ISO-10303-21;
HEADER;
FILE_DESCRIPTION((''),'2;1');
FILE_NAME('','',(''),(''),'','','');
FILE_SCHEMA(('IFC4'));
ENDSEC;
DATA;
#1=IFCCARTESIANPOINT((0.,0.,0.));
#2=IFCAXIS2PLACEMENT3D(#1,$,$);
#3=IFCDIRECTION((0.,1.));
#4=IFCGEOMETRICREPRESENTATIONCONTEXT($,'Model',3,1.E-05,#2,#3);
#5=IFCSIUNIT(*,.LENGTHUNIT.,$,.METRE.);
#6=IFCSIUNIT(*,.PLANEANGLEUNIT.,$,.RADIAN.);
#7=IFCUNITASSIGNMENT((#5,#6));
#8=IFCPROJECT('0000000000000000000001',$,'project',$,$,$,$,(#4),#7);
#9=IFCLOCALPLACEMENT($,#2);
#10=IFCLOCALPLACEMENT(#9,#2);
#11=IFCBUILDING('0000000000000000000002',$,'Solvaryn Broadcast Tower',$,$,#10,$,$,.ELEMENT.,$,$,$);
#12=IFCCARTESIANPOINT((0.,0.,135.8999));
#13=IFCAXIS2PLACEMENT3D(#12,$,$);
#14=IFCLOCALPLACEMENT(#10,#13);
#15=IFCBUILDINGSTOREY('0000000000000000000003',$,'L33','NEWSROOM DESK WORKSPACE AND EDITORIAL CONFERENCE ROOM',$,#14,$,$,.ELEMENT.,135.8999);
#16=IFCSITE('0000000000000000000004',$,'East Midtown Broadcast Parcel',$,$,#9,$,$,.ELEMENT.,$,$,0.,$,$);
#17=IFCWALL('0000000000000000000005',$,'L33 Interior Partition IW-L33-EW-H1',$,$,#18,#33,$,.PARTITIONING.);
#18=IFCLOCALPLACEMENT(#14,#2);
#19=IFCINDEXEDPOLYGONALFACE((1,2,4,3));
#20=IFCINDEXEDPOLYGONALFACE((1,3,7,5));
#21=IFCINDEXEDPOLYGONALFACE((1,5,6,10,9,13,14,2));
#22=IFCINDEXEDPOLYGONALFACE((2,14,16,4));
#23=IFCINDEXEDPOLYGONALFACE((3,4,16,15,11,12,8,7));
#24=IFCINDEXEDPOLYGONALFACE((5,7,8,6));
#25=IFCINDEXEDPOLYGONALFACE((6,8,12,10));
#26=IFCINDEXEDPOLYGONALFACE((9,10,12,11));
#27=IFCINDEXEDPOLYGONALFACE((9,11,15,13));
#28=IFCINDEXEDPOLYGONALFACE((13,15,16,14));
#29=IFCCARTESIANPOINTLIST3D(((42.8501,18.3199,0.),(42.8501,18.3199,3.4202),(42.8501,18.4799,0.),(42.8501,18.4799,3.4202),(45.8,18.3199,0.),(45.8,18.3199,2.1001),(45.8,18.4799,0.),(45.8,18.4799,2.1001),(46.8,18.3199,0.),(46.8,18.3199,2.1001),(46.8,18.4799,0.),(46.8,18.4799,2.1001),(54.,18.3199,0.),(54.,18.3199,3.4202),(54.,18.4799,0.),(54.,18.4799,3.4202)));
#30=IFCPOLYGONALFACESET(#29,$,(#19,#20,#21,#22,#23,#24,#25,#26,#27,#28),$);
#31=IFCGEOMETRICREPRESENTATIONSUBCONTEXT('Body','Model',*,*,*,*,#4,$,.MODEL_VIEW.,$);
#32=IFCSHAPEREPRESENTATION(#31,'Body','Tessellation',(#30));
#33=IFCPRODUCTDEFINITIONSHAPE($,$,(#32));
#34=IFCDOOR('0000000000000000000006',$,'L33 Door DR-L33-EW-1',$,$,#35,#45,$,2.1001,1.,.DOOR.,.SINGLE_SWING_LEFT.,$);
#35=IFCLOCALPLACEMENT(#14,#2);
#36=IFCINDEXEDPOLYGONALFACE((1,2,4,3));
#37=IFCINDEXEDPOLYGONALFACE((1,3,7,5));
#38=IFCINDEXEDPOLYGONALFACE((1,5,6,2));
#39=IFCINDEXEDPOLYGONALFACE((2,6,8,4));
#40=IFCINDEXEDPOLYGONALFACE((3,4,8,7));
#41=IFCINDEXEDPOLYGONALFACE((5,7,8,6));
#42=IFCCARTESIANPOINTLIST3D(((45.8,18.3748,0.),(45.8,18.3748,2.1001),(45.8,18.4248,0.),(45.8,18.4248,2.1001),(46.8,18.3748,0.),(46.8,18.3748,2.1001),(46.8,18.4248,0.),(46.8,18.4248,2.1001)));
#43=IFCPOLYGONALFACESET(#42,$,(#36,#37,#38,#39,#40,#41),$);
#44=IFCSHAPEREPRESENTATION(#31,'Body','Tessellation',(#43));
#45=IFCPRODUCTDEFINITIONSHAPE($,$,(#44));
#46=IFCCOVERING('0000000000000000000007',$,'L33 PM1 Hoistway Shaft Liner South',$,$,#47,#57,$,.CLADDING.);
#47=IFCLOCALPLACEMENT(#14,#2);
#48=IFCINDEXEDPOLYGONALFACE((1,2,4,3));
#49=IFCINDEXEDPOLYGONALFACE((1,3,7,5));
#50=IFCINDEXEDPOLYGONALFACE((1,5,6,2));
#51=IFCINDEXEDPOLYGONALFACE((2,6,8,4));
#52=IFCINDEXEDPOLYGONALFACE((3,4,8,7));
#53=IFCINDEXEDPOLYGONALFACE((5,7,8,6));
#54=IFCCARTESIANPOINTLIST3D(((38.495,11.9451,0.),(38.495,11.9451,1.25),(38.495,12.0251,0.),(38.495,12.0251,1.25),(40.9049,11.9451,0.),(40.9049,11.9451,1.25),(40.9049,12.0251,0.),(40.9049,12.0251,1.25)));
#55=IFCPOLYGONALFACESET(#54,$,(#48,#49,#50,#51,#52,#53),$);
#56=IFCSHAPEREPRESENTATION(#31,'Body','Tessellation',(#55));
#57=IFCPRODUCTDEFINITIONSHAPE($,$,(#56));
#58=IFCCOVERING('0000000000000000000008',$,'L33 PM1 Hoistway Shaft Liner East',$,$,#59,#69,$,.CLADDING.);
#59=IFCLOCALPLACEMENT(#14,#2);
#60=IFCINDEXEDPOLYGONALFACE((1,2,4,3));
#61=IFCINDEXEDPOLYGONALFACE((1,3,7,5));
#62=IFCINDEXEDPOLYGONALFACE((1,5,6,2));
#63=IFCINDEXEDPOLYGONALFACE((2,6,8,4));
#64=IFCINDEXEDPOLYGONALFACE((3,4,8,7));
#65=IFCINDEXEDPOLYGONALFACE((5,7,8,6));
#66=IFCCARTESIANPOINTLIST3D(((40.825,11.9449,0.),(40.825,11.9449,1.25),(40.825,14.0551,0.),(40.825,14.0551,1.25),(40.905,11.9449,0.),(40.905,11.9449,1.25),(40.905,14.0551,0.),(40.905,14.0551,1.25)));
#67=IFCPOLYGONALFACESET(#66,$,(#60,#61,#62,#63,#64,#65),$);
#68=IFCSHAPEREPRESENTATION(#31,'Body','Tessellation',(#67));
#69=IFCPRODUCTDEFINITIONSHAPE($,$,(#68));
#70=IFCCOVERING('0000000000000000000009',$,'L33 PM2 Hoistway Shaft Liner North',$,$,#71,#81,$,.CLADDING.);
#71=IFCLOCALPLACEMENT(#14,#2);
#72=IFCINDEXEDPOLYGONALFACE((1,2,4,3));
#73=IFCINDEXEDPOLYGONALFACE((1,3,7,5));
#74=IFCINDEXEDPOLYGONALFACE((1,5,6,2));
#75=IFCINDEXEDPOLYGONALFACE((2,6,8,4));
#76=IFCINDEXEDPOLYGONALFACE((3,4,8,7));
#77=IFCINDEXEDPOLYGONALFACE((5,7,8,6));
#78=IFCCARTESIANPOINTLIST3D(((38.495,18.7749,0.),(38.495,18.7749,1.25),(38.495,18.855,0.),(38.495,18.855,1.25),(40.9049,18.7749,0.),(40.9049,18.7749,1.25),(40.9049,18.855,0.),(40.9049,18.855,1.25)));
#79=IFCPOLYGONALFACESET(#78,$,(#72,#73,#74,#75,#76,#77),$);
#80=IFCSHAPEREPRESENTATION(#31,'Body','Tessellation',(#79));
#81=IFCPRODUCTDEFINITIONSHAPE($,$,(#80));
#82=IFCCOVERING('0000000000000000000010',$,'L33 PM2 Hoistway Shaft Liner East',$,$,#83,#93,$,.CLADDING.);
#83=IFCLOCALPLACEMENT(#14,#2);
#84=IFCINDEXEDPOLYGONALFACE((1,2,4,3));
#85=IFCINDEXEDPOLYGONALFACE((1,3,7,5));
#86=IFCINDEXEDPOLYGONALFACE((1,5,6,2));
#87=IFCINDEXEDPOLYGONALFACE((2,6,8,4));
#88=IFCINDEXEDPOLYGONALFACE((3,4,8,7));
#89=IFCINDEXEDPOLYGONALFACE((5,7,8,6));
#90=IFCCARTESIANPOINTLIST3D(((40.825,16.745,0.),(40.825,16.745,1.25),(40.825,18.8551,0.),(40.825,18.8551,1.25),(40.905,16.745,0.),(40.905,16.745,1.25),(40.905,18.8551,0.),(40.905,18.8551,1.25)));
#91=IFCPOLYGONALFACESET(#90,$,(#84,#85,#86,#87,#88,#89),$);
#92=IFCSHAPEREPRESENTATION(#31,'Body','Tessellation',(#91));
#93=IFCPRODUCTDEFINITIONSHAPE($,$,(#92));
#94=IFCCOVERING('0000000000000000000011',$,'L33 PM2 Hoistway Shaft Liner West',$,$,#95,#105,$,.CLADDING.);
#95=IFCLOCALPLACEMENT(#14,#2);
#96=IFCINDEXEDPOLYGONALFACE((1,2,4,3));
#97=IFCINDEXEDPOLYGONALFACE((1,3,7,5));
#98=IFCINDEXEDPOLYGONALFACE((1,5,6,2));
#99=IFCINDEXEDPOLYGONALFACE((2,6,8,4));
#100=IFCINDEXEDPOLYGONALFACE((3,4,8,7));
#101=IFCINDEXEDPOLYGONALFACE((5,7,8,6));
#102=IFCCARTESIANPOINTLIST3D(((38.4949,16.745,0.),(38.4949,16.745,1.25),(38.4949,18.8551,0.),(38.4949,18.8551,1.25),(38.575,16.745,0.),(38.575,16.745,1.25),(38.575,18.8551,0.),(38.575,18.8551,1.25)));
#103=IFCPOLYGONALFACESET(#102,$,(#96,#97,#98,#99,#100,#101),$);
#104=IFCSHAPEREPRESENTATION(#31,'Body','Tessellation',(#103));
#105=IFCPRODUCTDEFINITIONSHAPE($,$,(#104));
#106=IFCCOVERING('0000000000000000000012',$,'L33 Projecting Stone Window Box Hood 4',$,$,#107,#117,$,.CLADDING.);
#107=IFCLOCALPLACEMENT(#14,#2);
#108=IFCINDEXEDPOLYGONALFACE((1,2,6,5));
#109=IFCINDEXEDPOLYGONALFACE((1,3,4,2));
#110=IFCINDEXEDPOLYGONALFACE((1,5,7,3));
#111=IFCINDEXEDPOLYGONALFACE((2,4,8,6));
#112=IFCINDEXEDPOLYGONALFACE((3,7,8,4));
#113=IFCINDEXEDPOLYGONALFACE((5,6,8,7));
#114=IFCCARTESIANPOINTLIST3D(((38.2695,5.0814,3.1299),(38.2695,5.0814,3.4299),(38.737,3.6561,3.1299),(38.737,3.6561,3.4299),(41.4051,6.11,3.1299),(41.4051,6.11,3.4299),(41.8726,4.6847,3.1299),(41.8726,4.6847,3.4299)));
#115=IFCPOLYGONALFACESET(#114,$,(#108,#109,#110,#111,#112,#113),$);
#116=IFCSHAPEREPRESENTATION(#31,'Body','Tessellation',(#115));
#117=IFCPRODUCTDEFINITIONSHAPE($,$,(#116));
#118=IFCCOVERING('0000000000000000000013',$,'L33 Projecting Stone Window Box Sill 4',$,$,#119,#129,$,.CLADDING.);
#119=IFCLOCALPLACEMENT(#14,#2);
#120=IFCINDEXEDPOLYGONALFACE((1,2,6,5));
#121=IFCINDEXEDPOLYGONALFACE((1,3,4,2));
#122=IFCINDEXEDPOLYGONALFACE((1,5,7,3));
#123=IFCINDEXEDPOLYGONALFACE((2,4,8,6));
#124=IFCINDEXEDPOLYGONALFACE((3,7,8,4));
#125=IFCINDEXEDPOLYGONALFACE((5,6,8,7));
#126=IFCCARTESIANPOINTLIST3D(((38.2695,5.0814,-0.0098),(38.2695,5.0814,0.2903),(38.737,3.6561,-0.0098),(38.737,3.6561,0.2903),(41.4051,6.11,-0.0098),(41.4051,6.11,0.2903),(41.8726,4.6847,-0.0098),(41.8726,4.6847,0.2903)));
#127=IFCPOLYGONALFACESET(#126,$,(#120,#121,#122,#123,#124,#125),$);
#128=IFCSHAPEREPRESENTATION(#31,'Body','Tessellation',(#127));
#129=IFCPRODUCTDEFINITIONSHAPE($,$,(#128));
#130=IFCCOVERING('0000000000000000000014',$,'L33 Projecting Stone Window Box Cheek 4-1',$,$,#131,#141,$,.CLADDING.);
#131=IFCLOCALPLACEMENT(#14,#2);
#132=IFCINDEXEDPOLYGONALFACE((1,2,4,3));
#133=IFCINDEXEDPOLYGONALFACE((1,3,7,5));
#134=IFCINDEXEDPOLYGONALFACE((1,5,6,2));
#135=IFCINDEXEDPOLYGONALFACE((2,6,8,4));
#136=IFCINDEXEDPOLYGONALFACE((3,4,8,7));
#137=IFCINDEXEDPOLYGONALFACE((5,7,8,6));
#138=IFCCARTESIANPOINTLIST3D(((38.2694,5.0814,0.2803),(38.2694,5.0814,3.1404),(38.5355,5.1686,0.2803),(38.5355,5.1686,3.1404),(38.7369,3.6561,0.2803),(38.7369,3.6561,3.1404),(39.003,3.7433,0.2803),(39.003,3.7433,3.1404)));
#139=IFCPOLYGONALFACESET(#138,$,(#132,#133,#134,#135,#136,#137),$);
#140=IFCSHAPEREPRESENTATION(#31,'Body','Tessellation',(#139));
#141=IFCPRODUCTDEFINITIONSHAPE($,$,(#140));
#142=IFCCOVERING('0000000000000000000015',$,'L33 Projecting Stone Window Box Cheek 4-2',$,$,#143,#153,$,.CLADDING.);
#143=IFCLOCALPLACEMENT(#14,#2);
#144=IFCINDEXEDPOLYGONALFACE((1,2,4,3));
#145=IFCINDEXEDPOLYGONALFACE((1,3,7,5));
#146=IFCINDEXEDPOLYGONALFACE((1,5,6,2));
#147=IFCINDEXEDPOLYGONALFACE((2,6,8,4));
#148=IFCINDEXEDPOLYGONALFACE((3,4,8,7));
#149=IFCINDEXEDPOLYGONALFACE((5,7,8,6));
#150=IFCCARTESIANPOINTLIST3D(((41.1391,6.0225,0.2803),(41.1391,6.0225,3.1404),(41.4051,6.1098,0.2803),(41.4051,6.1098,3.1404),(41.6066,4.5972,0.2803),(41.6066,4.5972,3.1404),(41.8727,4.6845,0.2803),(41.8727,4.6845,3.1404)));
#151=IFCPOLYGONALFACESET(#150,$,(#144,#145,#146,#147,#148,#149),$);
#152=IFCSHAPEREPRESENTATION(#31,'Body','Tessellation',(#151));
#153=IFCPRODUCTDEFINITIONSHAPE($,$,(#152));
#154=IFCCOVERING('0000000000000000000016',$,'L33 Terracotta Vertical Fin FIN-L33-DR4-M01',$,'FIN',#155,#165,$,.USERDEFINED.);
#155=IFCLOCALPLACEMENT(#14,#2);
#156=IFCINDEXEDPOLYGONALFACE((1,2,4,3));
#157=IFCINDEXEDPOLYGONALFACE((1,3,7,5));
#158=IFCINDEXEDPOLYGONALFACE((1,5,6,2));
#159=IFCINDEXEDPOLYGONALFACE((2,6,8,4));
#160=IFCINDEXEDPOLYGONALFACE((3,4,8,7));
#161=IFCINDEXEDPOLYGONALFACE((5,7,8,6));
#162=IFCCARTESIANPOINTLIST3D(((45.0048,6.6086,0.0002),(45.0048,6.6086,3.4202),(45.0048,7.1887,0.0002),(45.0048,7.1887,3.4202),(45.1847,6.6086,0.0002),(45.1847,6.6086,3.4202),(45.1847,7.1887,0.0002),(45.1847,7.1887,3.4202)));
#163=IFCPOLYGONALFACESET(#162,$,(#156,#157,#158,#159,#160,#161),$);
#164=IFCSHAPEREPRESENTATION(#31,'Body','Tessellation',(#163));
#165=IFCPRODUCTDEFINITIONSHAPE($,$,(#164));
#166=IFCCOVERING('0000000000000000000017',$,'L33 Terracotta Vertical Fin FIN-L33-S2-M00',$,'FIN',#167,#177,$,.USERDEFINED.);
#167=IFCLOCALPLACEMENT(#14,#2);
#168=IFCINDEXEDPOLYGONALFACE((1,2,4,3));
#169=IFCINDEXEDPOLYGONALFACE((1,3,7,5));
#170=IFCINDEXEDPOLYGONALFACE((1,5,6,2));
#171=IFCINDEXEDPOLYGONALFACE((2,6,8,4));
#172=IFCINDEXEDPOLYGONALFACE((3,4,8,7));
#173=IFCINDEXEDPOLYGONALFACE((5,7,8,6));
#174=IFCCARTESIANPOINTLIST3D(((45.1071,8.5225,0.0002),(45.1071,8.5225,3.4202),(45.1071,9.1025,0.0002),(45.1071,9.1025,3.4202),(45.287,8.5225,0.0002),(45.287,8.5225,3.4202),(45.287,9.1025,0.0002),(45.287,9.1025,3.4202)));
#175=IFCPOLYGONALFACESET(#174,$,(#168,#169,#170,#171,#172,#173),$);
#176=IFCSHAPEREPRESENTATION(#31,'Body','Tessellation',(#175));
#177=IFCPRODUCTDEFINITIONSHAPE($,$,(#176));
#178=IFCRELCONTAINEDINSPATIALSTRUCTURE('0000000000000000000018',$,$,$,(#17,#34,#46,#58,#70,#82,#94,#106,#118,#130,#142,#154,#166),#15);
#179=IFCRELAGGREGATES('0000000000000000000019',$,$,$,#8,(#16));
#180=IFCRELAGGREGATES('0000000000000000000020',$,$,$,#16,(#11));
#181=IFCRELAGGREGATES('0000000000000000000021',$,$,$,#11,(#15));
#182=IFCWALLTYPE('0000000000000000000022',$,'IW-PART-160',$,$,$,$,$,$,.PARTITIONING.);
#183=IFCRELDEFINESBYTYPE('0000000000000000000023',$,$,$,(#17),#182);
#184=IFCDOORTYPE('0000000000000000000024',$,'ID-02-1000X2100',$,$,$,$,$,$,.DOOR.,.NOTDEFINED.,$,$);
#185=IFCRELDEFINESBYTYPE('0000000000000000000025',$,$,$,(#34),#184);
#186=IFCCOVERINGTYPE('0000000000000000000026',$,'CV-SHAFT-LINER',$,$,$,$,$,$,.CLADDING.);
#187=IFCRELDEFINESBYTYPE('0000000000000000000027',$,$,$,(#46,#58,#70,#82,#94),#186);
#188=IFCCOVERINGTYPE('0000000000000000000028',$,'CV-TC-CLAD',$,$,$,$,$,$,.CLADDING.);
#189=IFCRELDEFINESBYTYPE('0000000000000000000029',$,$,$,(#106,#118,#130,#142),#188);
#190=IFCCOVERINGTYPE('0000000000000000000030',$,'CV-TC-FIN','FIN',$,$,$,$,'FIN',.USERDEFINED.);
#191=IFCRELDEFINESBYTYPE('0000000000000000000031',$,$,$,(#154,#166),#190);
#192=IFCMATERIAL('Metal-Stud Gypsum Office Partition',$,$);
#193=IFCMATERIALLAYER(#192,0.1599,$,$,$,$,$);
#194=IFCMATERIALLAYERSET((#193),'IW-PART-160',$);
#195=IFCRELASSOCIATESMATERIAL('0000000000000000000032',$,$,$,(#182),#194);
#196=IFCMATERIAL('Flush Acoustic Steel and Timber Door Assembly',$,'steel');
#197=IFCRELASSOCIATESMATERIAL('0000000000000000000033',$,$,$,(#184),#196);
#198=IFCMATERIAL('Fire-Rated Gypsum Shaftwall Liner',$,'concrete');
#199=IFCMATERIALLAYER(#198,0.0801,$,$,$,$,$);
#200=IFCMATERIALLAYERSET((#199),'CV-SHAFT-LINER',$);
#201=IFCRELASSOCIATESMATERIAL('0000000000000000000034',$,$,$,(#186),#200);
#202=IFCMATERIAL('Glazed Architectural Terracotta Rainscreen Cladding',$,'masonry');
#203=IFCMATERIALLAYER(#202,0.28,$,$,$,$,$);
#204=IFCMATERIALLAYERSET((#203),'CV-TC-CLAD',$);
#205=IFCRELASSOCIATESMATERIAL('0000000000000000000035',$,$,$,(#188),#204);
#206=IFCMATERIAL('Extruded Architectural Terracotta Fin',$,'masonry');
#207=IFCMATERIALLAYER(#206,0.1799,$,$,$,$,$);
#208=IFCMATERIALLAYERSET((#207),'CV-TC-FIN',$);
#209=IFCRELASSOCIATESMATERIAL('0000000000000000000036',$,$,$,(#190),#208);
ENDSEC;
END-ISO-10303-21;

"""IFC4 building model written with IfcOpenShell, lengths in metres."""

from ifc_helpers import new_model, si_unit, direction, frame, frame_2d, origin, origin_2d, place, context, subcontext, project, spatial, rectangle, extrude, material, layer, layer_set, type_object, element, fill, save


model = new_model("IFC4")

# Units and contexts
model_context = context("Model", 3, precision=1e-05, world=origin(), true_north=direction((0.0, 1.0)))
body_context = subcontext(model_context, "Body", "Model", "MODEL_VIEW")
ifc_project = project(units=[si_unit("LENGTHUNIT", "METRE"), si_unit("PLANEANGLEUNIT", "RADIAN")], contexts=[model_context])

# Site, building, storey
site_placement = place(None, origin())
site = spatial("IfcSite", under=ifc_project, at=site_placement, Name="East Midtown Broadcast Parcel", CompositionType="ELEMENT", RefElevation=0.0)
building_placement = place(site_placement, origin())
building = spatial("IfcBuilding", under=site, at=building_placement, Name="Solvaryn Broadcast Tower", CompositionType="ELEMENT")
storey_placement = place(building_placement, frame((0.0, 0.0, 135.8999)))
storey = spatial("IfcBuildingStorey", under=building, at=storey_placement, Name="L33", Description="NEWSROOM DESK WORKSPACE AND EDITORIAL CONFERENCE ROOM", CompositionType="ELEMENT", Elevation=135.8999)

# Shared definitions
ifc_material_1 = material(Name="Metal-Stud Gypsum Office Partition")
ifc_layer_1 = layer(ifc_material_1, 0.1599)
ifc_layer_set_1 = layer_set([ifc_layer_1], Name="IW-PART-160")
wall_type_1 = type_object("IfcWallType", Name="IW-PART-160", PredefinedType="PARTITIONING", material=ifc_layer_set_1)

# Wall, opening, door
wall_1_placement = place(storey_placement, frame((42.8501, 18.3999, 0.0), z_axis=(0.0, 0.0, 1.0), x_axis=(1.0, 0.0, 0.0)))
wall_1 = element("IfcWall", 1, at=wall_1_placement, inside=storey, type_object=wall_type_1, Name="L33 Interior Partition IW-L33-EW-H1", PredefinedType="PARTITIONING", context=body_context, shape_type="SweptSolid", body=[
    extrude(rectangle(XDim=11.1499, YDim=0.1599, at=frame_2d((5.575, 0.0))), origin(), (0.0, 0.0, 1.0), 3.4202),
])
opening_1_placement = place(wall_1_placement, frame((2.95, 0.0, 0.0)))
opening_1 = element("IfcOpeningElement", 2, at=opening_1_placement, cuts=wall_1, PredefinedType="OPENING", context=body_context, shape_type="SweptSolid", body=[
    extrude(rectangle(XDim=1.0, YDim=2.1001, at=frame_2d((0.5, 1.05))), frame((0.0, 0.0901, 0.0), z_axis=(0.0, -1.0, 0.0), x_axis=(1.0, 0.0, 0.0)), (0.0, 0.0, 1.0), 0.1799),
])
ifc_material_2 = material(Name="Flush Acoustic Steel and Timber Door Assembly", Category="steel")
door_type_1 = type_object("IfcDoorType", Name="ID-02-1000X2100", OperationType="NOTDEFINED", PredefinedType="DOOR", material=ifc_material_2)
door_1_placement = place(opening_1_placement, origin())
door_1 = element("IfcDoor", 3, at=door_1_placement, inside=storey, type_object=door_type_1, Name="L33 Door DR-L33-EW-1", OperationType="SINGLE_SWING_LEFT", OverallHeight=2.1001, OverallWidth=1.0, PredefinedType="DOOR", context=body_context, shape_type="SweptSolid", body=[
    extrude(rectangle(XDim=1.0, YDim=2.1001, at=frame_2d((0.5, 1.05))), frame((0.0, 0.0249, 0.0), z_axis=(0.0, -1.0, 0.0), x_axis=(1.0, 0.0, 0.0)), (0.0, 0.0, 1.0), 0.05),
])
fill(opening_1, door_1)

# Coverings
ifc_material_3 = material(Name="Fire-Rated Gypsum Shaftwall Liner", Category="concrete")
ifc_layer_2 = layer(ifc_material_3, 0.0801)
ifc_layer_set_2 = layer_set([ifc_layer_2], Name="CV-SHAFT-LINER")
covering_type_1 = type_object("IfcCoveringType", Name="CV-SHAFT-LINER", PredefinedType="CLADDING", material=ifc_layer_set_2)
covering_1_placement = place(storey_placement, frame((39.7, 11.9851, 0.0), z_axis=(0.0, 0.0, 1.0), x_axis=(1.0, 0.0, 0.0)))
element("IfcCovering", 4, at=covering_1_placement, inside=storey, type_object=covering_type_1, Name="L33 PM1 Hoistway Shaft Liner South", PredefinedType="CLADDING", context=body_context, shape_type="SweptSolid", body=[
    extrude(rectangle(XDim=2.4099, YDim=0.0801, at=origin_2d()), origin(), (0.0, 0.0, 1.0), 1.25),
])
covering_2_placement = place(storey_placement, frame((40.865, 13.0, 0.0), z_axis=(0.0, 0.0, 1.0), x_axis=(1.0, 0.0, 0.0)))
element("IfcCovering", 5, at=covering_2_placement, inside=storey, type_object=covering_type_1, Name="L33 PM1 Hoistway Shaft Liner East", PredefinedType="CLADDING", context=body_context, shape_type="SweptSolid", body=[
    extrude(rectangle(XDim=0.0801, YDim=2.1101, at=origin_2d()), origin(), (0.0, 0.0, 1.0), 1.25),
])
covering_3_placement = place(storey_placement, frame((39.7, 18.8149, 0.0), z_axis=(0.0, 0.0, 1.0), x_axis=(1.0, 0.0, 0.0)))
element("IfcCovering", 6, at=covering_3_placement, inside=storey, type_object=covering_type_1, Name="L33 PM2 Hoistway Shaft Liner North", PredefinedType="CLADDING", context=body_context, shape_type="SweptSolid", body=[
    extrude(rectangle(XDim=2.4099, YDim=0.0801, at=origin_2d()), origin(), (0.0, 0.0, 1.0), 1.25),
])
for number, where, z_axis, x_axis, name in (
    (7, (40.865, 17.8, 0.0), (0.0, 0.0, 1.0), (1.0, 0.0, 0.0), "L33 PM2 Hoistway Shaft Liner East"),
    (8, (38.5349, 17.8, 0.0), (0.0, 0.0, 1.0), (1.0, 0.0, 0.0), "L33 PM2 Hoistway Shaft Liner West"),
):
    element("IfcCovering", number, at=place(storey_placement, frame(where, z_axis=z_axis, x_axis=x_axis)), inside=storey, type_object=covering_type_1, Name=name, PredefinedType="CLADDING", context=body_context, shape_type="SweptSolid", body=[
        extrude(rectangle(XDim=0.0801, YDim=2.1101, at=origin_2d()), origin(), (0.0, 0.0, 1.0), 1.25),
    ])
ifc_material_4 = material(Name="Glazed Architectural Terracotta Rainscreen Cladding", Category="masonry")
ifc_layer_3 = layer(ifc_material_4, 0.28)
ifc_layer_set_3 = layer_set([ifc_layer_3], Name="CV-TC-CLAD")
covering_type_2 = type_object("IfcCoveringType", Name="CV-TC-CLAD", PredefinedType="CLADDING", material=ifc_layer_set_3)
for number, where, z_axis, x_axis, name in (
    (9, (40.071, 4.8831, 3.1299), (0.0, 0.0, 1.0), (0.95019, 0.311672, 0.0), "L33 Projecting Stone Window Box Hood 4"),
    (10, (40.071, 4.8831, -0.0098), (0.0, 0.0, 1.0), (0.95019, 0.311672, 0.0), "L33 Projecting Stone Window Box Sill 4"),
):
    element("IfcCovering", number, at=place(storey_placement, frame(where, z_axis=z_axis, x_axis=x_axis)), inside=storey, type_object=covering_type_2, Name=name, PredefinedType="CLADDING", context=body_context, shape_type="SweptSolid", body=[
        extrude(rectangle(XDim=3.3, YDim=1.5, at=origin_2d()), origin(), (0.0, 0.0, 1.0), 0.3),
    ])
for number, where, z_axis, x_axis, name in (
    (11, (38.6362, 4.4124, 0.2803), (0.0, 0.0, 1.0), (0.95019, 0.311672, 0.0), "L33 Projecting Stone Window Box Cheek 4-1"),
    (12, (41.5059, 5.3535, 0.2803), (0.0, 0.0, 1.0), (0.95019, 0.311672, 0.0), "L33 Projecting Stone Window Box Cheek 4-2"),
):
    element("IfcCovering", number, at=place(storey_placement, frame(where, z_axis=z_axis, x_axis=x_axis)), inside=storey, type_object=covering_type_2, Name=name, PredefinedType="CLADDING", context=body_context, shape_type="SweptSolid", body=[
        extrude(rectangle(XDim=0.28, YDim=1.5, at=origin_2d()), origin(), (0.0, 0.0, 1.0), 2.8601),
    ])
ifc_material_5 = material(Name="Extruded Architectural Terracotta Fin", Category="masonry")
ifc_layer_4 = layer(ifc_material_5, 0.1799)
ifc_layer_set_4 = layer_set([ifc_layer_4], Name="CV-TC-FIN")
covering_type_3 = type_object("IfcCoveringType", Name="CV-TC-FIN", Description="FIN", ElementType="FIN", PredefinedType="USERDEFINED", material=ifc_layer_set_4)
for number, where, z_axis, x_axis, name in (
    (13, (45.0947, 6.8987, 0.0002), (0.0, 0.0, 1.0), (1.0, 0.0, 0.0), "L33 Terracotta Vertical Fin FIN-L33-DR4-M01"),
    (14, (45.197, 8.8125, 0.0002), (0.0, 0.0, 1.0), (1.0, 0.0, 0.0), "L33 Terracotta Vertical Fin FIN-L33-S2-M00"),
):
    element("IfcCovering", number, at=place(storey_placement, frame(where, z_axis=z_axis, x_axis=x_axis)), inside=storey, type_object=covering_type_3, Name=name, ObjectType="FIN", PredefinedType="USERDEFINED", context=body_context, shape_type="SweptSolid", body=[
        extrude(rectangle(XDim=0.1799, YDim=0.5801, at=origin_2d()), origin(), (0.0, 0.0, 1.0), 3.4199),
    ])

save(model, "model.ifc")
